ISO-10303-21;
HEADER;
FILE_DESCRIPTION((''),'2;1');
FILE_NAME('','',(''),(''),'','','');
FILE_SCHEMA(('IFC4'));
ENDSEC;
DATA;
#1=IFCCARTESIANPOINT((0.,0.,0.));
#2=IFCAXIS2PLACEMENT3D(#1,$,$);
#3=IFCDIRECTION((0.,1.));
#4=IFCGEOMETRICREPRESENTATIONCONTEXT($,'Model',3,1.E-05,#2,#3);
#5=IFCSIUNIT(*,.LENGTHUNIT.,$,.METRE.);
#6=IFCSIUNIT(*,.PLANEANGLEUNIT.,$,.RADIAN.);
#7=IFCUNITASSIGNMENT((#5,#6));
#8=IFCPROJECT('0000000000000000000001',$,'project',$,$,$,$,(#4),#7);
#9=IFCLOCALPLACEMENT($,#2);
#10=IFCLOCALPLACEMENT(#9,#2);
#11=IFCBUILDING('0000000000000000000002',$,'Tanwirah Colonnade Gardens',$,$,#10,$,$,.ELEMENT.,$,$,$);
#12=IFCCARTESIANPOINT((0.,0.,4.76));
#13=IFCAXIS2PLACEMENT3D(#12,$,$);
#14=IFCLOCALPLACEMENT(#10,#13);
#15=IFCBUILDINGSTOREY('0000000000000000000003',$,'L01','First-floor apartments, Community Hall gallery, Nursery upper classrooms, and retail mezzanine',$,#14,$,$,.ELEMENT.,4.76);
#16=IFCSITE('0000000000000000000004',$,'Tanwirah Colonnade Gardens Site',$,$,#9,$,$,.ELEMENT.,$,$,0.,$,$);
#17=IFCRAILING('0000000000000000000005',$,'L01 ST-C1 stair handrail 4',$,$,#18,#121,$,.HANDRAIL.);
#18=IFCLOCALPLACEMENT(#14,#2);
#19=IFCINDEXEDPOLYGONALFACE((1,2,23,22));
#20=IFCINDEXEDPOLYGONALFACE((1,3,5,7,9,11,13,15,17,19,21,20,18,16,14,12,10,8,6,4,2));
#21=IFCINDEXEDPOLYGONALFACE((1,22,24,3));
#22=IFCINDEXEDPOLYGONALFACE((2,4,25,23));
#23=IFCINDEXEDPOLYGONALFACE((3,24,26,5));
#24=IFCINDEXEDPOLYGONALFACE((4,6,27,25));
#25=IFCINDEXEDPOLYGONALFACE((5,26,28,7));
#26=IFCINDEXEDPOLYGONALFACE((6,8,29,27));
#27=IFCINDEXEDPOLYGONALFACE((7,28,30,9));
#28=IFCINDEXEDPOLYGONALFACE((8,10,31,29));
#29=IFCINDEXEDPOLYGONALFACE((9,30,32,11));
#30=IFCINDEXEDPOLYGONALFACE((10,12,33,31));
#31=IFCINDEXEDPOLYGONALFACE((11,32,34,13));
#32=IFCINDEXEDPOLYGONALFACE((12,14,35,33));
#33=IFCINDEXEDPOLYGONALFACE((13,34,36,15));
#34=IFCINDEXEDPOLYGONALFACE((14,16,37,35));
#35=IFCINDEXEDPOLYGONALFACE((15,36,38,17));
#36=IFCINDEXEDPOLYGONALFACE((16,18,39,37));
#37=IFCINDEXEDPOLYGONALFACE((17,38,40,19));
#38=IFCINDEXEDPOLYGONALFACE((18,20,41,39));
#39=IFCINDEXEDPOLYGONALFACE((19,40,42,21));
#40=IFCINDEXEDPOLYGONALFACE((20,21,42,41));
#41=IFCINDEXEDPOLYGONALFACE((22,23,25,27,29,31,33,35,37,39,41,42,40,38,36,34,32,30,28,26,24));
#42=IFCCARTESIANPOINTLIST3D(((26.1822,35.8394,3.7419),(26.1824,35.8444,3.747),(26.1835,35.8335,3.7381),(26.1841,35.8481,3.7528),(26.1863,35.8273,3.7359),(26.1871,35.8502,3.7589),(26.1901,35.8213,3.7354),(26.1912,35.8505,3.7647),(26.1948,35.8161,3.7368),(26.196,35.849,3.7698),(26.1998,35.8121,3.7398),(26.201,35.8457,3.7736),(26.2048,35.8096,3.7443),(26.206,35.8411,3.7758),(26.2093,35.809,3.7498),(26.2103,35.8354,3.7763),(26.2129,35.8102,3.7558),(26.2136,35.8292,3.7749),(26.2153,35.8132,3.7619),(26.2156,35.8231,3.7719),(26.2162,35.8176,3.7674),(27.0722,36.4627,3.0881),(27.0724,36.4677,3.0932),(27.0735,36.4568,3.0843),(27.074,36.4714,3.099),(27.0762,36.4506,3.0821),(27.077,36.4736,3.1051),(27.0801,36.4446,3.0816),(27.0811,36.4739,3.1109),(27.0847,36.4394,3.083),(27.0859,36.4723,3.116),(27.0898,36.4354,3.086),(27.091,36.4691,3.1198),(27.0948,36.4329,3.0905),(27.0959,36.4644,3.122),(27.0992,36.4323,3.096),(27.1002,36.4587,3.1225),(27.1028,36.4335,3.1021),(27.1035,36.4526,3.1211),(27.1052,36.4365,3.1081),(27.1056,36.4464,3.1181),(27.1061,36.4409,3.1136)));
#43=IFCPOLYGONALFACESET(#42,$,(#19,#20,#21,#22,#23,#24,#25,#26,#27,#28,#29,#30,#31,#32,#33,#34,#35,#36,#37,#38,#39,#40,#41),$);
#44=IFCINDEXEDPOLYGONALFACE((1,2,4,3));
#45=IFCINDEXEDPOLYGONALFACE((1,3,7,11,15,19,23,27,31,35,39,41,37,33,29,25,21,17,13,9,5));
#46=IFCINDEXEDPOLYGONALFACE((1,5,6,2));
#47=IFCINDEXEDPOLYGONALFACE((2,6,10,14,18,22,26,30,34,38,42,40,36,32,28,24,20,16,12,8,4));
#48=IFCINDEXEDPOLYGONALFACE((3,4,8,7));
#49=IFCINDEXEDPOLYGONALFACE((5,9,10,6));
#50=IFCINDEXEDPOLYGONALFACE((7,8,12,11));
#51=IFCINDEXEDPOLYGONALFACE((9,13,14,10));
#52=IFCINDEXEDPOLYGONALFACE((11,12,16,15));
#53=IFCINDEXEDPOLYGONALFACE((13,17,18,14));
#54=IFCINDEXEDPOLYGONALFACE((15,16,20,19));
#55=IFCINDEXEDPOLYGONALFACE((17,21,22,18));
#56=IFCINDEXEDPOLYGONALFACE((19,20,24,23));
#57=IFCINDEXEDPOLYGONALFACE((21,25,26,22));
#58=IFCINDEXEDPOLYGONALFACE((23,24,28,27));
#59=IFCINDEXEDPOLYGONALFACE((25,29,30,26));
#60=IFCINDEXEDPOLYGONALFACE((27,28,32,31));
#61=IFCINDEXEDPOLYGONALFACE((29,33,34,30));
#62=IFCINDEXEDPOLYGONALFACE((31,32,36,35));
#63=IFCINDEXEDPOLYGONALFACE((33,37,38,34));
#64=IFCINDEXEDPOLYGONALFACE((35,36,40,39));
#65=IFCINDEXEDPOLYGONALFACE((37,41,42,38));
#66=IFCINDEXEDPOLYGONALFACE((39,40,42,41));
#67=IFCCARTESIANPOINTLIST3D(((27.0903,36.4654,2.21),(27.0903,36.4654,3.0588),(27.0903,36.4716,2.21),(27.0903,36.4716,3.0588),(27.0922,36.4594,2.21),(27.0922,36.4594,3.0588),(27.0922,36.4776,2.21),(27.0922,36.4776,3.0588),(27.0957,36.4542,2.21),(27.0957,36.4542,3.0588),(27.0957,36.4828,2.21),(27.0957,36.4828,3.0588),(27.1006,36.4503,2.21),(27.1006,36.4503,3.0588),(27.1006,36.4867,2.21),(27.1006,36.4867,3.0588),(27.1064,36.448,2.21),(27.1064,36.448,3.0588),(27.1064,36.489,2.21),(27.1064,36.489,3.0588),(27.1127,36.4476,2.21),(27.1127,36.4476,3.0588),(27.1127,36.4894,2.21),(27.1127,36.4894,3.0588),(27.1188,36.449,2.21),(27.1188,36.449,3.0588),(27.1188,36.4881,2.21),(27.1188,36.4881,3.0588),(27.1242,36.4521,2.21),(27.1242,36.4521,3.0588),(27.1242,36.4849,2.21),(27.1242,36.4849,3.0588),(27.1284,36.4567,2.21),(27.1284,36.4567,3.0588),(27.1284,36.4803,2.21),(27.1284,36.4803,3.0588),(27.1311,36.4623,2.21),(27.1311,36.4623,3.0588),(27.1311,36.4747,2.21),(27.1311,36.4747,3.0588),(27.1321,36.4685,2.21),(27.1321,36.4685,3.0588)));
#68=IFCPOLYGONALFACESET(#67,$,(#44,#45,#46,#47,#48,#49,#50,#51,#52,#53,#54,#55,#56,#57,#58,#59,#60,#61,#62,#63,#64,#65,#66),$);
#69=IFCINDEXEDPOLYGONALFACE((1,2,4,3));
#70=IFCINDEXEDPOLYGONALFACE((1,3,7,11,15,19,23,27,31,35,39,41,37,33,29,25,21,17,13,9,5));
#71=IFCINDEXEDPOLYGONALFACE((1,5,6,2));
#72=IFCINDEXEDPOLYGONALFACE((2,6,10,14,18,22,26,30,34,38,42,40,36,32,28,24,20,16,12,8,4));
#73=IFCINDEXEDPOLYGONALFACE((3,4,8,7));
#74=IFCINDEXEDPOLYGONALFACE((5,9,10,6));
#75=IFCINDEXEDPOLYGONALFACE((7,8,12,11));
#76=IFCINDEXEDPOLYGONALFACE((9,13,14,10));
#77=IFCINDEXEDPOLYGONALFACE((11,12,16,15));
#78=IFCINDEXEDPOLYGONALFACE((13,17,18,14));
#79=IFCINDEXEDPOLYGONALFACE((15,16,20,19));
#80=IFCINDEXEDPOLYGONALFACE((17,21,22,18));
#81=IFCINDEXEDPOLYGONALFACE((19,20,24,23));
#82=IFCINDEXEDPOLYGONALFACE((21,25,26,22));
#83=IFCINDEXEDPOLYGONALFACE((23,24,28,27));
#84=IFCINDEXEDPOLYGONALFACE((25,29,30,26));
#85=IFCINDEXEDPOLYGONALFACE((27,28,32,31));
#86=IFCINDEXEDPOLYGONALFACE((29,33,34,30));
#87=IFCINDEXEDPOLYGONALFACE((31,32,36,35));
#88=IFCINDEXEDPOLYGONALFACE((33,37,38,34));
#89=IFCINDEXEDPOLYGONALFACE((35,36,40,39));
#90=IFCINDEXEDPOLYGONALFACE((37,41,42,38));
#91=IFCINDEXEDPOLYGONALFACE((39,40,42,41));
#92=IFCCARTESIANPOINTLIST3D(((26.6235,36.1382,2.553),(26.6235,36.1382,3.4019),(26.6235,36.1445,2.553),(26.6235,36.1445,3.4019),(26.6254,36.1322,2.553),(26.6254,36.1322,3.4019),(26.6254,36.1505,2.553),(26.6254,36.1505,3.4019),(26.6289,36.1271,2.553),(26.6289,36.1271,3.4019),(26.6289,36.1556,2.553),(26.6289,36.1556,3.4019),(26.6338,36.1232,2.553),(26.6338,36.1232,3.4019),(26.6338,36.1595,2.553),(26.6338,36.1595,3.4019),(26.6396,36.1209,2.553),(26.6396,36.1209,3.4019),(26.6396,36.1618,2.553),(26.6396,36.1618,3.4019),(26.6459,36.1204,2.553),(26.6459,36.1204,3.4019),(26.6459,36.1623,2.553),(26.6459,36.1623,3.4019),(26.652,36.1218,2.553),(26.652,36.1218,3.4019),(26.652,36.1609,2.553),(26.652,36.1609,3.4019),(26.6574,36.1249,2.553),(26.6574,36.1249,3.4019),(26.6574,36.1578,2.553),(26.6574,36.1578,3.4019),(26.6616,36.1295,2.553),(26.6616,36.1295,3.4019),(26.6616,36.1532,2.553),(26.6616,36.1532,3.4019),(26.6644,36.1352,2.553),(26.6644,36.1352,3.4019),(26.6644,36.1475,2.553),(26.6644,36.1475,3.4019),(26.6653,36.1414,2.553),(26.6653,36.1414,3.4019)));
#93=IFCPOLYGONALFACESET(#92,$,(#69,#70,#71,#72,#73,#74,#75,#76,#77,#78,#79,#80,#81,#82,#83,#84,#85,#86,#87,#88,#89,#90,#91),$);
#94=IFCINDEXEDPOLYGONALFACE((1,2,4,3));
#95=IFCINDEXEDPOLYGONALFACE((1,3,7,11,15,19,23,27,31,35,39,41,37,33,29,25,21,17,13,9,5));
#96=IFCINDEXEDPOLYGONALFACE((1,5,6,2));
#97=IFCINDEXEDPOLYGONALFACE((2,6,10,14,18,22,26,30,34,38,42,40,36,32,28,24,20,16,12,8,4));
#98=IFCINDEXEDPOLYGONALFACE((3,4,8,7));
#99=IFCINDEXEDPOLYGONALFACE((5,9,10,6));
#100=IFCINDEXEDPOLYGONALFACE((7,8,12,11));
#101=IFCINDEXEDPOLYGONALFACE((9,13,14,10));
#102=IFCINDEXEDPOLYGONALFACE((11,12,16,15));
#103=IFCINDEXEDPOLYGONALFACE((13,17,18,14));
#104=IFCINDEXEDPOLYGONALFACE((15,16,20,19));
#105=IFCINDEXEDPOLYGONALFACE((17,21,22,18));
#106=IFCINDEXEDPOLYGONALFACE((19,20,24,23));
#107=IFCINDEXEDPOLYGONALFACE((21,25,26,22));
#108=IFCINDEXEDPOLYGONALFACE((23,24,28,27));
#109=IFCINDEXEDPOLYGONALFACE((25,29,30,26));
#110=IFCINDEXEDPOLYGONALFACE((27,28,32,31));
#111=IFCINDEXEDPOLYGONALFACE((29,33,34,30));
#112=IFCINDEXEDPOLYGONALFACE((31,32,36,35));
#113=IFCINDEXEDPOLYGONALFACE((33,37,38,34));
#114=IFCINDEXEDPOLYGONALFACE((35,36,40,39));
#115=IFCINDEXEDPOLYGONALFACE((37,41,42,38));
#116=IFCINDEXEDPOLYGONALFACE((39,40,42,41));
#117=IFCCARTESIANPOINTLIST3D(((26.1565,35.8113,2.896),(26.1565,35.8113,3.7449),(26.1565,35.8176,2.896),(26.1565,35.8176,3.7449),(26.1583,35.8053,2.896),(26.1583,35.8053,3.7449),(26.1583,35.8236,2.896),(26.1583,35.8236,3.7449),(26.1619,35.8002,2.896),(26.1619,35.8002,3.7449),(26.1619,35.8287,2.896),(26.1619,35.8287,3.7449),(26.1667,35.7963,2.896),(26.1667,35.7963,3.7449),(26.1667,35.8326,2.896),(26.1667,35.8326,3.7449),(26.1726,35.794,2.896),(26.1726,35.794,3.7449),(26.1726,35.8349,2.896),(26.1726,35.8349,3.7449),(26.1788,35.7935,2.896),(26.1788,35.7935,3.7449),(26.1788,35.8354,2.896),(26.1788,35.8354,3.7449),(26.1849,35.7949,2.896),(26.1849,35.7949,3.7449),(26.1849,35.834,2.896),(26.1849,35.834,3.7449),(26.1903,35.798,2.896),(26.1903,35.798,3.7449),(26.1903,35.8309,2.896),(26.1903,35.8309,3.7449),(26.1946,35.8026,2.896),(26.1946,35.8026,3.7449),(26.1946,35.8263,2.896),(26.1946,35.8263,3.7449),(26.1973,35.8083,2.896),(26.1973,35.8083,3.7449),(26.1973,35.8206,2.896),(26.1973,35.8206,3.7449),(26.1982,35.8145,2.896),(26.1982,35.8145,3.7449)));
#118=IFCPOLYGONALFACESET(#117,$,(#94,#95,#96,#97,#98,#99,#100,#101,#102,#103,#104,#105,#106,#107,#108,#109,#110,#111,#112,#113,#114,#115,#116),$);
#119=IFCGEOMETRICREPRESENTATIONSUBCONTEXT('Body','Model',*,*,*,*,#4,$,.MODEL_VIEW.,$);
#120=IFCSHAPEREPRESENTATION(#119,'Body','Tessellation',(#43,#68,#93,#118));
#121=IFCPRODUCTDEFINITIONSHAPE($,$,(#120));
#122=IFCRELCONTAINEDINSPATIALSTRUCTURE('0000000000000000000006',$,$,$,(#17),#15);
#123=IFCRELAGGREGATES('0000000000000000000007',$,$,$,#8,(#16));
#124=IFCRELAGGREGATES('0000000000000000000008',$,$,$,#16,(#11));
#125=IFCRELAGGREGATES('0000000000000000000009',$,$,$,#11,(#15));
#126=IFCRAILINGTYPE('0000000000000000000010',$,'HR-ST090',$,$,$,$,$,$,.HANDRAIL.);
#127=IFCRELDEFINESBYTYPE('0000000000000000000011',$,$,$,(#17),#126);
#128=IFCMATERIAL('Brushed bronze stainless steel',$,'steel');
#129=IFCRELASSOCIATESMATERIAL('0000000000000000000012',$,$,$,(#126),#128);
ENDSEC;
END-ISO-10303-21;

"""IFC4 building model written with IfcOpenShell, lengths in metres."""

from ifc_helpers import new_model, si_unit, direction, frame, origin, origin_2d, place, context, subcontext, project, spatial, circle, extrude, material, type_object, element, save


model = new_model("IFC4")

# Units and contexts
model_context = context("Model", 3, precision=1e-05, world=origin(), true_north=direction((0.0, 1.0)))
body_context = subcontext(model_context, "Body", "Model", "MODEL_VIEW")
ifc_project = project(units=[si_unit("LENGTHUNIT", "METRE"), si_unit("PLANEANGLEUNIT", "RADIAN")], contexts=[model_context])

# Site, building, storey
site_placement = place(None, origin())
site = spatial("IfcSite", under=ifc_project, at=site_placement, Name="Tanwirah Colonnade Gardens Site", CompositionType="ELEMENT", RefElevation=0.0)
building_placement = place(site_placement, origin())
building = spatial("IfcBuilding", under=site, at=building_placement, Name="Tanwirah Colonnade Gardens", CompositionType="ELEMENT")
storey_placement = place(building_placement, frame((0.0, 0.0, 4.76)))
storey = spatial("IfcBuildingStorey", under=building, at=storey_placement, Name="L01", Description="First-floor apartments, Community Hall gallery, Nursery upper classrooms, and retail mezzanine", CompositionType="ELEMENT", Elevation=4.76)

# Railing
ifc_material_1 = material(Name="Brushed bronze stainless steel", Category="steel")
railing_type_1 = type_object("IfcRailingType", Name="HR-ST090", PredefinedType="HANDRAIL", material=ifc_material_1)
railing_1_placement = place(storey_placement, frame((27.1111, 36.4685, 2.21)))
element("IfcRailing", 1, at=railing_1_placement, inside=storey, type_object=railing_type_1, Name="L01 ST-C1 stair handrail 4", PredefinedType="HANDRAIL", context=body_context, shape_type="SweptSolid", body=[
    extrude(circle(Radius=0.0239, at=origin_2d()), frame((-0.022, -0.0154, 0.8921), z_axis=(-0.70182, -0.491549, 0.515585), x_axis=(0.573678, -0.819081, 0.0)), (0.0, 0.0, 1.0), 1.2681),
    extrude(circle(Radius=0.021, at=origin_2d()), origin(), (0.0, 0.0, 1.0), 0.8489),
    extrude(circle(Radius=0.021, at=origin_2d()), frame((-0.4668, -0.3271, 0.343)), (0.0, 0.0, 1.0), 0.8489),
    extrude(circle(Radius=0.021, at=origin_2d()), frame((-0.9338, -0.6541, 0.686)), (0.0, 0.0, 1.0), 0.8489),
])

save(model, "model.ifc")
